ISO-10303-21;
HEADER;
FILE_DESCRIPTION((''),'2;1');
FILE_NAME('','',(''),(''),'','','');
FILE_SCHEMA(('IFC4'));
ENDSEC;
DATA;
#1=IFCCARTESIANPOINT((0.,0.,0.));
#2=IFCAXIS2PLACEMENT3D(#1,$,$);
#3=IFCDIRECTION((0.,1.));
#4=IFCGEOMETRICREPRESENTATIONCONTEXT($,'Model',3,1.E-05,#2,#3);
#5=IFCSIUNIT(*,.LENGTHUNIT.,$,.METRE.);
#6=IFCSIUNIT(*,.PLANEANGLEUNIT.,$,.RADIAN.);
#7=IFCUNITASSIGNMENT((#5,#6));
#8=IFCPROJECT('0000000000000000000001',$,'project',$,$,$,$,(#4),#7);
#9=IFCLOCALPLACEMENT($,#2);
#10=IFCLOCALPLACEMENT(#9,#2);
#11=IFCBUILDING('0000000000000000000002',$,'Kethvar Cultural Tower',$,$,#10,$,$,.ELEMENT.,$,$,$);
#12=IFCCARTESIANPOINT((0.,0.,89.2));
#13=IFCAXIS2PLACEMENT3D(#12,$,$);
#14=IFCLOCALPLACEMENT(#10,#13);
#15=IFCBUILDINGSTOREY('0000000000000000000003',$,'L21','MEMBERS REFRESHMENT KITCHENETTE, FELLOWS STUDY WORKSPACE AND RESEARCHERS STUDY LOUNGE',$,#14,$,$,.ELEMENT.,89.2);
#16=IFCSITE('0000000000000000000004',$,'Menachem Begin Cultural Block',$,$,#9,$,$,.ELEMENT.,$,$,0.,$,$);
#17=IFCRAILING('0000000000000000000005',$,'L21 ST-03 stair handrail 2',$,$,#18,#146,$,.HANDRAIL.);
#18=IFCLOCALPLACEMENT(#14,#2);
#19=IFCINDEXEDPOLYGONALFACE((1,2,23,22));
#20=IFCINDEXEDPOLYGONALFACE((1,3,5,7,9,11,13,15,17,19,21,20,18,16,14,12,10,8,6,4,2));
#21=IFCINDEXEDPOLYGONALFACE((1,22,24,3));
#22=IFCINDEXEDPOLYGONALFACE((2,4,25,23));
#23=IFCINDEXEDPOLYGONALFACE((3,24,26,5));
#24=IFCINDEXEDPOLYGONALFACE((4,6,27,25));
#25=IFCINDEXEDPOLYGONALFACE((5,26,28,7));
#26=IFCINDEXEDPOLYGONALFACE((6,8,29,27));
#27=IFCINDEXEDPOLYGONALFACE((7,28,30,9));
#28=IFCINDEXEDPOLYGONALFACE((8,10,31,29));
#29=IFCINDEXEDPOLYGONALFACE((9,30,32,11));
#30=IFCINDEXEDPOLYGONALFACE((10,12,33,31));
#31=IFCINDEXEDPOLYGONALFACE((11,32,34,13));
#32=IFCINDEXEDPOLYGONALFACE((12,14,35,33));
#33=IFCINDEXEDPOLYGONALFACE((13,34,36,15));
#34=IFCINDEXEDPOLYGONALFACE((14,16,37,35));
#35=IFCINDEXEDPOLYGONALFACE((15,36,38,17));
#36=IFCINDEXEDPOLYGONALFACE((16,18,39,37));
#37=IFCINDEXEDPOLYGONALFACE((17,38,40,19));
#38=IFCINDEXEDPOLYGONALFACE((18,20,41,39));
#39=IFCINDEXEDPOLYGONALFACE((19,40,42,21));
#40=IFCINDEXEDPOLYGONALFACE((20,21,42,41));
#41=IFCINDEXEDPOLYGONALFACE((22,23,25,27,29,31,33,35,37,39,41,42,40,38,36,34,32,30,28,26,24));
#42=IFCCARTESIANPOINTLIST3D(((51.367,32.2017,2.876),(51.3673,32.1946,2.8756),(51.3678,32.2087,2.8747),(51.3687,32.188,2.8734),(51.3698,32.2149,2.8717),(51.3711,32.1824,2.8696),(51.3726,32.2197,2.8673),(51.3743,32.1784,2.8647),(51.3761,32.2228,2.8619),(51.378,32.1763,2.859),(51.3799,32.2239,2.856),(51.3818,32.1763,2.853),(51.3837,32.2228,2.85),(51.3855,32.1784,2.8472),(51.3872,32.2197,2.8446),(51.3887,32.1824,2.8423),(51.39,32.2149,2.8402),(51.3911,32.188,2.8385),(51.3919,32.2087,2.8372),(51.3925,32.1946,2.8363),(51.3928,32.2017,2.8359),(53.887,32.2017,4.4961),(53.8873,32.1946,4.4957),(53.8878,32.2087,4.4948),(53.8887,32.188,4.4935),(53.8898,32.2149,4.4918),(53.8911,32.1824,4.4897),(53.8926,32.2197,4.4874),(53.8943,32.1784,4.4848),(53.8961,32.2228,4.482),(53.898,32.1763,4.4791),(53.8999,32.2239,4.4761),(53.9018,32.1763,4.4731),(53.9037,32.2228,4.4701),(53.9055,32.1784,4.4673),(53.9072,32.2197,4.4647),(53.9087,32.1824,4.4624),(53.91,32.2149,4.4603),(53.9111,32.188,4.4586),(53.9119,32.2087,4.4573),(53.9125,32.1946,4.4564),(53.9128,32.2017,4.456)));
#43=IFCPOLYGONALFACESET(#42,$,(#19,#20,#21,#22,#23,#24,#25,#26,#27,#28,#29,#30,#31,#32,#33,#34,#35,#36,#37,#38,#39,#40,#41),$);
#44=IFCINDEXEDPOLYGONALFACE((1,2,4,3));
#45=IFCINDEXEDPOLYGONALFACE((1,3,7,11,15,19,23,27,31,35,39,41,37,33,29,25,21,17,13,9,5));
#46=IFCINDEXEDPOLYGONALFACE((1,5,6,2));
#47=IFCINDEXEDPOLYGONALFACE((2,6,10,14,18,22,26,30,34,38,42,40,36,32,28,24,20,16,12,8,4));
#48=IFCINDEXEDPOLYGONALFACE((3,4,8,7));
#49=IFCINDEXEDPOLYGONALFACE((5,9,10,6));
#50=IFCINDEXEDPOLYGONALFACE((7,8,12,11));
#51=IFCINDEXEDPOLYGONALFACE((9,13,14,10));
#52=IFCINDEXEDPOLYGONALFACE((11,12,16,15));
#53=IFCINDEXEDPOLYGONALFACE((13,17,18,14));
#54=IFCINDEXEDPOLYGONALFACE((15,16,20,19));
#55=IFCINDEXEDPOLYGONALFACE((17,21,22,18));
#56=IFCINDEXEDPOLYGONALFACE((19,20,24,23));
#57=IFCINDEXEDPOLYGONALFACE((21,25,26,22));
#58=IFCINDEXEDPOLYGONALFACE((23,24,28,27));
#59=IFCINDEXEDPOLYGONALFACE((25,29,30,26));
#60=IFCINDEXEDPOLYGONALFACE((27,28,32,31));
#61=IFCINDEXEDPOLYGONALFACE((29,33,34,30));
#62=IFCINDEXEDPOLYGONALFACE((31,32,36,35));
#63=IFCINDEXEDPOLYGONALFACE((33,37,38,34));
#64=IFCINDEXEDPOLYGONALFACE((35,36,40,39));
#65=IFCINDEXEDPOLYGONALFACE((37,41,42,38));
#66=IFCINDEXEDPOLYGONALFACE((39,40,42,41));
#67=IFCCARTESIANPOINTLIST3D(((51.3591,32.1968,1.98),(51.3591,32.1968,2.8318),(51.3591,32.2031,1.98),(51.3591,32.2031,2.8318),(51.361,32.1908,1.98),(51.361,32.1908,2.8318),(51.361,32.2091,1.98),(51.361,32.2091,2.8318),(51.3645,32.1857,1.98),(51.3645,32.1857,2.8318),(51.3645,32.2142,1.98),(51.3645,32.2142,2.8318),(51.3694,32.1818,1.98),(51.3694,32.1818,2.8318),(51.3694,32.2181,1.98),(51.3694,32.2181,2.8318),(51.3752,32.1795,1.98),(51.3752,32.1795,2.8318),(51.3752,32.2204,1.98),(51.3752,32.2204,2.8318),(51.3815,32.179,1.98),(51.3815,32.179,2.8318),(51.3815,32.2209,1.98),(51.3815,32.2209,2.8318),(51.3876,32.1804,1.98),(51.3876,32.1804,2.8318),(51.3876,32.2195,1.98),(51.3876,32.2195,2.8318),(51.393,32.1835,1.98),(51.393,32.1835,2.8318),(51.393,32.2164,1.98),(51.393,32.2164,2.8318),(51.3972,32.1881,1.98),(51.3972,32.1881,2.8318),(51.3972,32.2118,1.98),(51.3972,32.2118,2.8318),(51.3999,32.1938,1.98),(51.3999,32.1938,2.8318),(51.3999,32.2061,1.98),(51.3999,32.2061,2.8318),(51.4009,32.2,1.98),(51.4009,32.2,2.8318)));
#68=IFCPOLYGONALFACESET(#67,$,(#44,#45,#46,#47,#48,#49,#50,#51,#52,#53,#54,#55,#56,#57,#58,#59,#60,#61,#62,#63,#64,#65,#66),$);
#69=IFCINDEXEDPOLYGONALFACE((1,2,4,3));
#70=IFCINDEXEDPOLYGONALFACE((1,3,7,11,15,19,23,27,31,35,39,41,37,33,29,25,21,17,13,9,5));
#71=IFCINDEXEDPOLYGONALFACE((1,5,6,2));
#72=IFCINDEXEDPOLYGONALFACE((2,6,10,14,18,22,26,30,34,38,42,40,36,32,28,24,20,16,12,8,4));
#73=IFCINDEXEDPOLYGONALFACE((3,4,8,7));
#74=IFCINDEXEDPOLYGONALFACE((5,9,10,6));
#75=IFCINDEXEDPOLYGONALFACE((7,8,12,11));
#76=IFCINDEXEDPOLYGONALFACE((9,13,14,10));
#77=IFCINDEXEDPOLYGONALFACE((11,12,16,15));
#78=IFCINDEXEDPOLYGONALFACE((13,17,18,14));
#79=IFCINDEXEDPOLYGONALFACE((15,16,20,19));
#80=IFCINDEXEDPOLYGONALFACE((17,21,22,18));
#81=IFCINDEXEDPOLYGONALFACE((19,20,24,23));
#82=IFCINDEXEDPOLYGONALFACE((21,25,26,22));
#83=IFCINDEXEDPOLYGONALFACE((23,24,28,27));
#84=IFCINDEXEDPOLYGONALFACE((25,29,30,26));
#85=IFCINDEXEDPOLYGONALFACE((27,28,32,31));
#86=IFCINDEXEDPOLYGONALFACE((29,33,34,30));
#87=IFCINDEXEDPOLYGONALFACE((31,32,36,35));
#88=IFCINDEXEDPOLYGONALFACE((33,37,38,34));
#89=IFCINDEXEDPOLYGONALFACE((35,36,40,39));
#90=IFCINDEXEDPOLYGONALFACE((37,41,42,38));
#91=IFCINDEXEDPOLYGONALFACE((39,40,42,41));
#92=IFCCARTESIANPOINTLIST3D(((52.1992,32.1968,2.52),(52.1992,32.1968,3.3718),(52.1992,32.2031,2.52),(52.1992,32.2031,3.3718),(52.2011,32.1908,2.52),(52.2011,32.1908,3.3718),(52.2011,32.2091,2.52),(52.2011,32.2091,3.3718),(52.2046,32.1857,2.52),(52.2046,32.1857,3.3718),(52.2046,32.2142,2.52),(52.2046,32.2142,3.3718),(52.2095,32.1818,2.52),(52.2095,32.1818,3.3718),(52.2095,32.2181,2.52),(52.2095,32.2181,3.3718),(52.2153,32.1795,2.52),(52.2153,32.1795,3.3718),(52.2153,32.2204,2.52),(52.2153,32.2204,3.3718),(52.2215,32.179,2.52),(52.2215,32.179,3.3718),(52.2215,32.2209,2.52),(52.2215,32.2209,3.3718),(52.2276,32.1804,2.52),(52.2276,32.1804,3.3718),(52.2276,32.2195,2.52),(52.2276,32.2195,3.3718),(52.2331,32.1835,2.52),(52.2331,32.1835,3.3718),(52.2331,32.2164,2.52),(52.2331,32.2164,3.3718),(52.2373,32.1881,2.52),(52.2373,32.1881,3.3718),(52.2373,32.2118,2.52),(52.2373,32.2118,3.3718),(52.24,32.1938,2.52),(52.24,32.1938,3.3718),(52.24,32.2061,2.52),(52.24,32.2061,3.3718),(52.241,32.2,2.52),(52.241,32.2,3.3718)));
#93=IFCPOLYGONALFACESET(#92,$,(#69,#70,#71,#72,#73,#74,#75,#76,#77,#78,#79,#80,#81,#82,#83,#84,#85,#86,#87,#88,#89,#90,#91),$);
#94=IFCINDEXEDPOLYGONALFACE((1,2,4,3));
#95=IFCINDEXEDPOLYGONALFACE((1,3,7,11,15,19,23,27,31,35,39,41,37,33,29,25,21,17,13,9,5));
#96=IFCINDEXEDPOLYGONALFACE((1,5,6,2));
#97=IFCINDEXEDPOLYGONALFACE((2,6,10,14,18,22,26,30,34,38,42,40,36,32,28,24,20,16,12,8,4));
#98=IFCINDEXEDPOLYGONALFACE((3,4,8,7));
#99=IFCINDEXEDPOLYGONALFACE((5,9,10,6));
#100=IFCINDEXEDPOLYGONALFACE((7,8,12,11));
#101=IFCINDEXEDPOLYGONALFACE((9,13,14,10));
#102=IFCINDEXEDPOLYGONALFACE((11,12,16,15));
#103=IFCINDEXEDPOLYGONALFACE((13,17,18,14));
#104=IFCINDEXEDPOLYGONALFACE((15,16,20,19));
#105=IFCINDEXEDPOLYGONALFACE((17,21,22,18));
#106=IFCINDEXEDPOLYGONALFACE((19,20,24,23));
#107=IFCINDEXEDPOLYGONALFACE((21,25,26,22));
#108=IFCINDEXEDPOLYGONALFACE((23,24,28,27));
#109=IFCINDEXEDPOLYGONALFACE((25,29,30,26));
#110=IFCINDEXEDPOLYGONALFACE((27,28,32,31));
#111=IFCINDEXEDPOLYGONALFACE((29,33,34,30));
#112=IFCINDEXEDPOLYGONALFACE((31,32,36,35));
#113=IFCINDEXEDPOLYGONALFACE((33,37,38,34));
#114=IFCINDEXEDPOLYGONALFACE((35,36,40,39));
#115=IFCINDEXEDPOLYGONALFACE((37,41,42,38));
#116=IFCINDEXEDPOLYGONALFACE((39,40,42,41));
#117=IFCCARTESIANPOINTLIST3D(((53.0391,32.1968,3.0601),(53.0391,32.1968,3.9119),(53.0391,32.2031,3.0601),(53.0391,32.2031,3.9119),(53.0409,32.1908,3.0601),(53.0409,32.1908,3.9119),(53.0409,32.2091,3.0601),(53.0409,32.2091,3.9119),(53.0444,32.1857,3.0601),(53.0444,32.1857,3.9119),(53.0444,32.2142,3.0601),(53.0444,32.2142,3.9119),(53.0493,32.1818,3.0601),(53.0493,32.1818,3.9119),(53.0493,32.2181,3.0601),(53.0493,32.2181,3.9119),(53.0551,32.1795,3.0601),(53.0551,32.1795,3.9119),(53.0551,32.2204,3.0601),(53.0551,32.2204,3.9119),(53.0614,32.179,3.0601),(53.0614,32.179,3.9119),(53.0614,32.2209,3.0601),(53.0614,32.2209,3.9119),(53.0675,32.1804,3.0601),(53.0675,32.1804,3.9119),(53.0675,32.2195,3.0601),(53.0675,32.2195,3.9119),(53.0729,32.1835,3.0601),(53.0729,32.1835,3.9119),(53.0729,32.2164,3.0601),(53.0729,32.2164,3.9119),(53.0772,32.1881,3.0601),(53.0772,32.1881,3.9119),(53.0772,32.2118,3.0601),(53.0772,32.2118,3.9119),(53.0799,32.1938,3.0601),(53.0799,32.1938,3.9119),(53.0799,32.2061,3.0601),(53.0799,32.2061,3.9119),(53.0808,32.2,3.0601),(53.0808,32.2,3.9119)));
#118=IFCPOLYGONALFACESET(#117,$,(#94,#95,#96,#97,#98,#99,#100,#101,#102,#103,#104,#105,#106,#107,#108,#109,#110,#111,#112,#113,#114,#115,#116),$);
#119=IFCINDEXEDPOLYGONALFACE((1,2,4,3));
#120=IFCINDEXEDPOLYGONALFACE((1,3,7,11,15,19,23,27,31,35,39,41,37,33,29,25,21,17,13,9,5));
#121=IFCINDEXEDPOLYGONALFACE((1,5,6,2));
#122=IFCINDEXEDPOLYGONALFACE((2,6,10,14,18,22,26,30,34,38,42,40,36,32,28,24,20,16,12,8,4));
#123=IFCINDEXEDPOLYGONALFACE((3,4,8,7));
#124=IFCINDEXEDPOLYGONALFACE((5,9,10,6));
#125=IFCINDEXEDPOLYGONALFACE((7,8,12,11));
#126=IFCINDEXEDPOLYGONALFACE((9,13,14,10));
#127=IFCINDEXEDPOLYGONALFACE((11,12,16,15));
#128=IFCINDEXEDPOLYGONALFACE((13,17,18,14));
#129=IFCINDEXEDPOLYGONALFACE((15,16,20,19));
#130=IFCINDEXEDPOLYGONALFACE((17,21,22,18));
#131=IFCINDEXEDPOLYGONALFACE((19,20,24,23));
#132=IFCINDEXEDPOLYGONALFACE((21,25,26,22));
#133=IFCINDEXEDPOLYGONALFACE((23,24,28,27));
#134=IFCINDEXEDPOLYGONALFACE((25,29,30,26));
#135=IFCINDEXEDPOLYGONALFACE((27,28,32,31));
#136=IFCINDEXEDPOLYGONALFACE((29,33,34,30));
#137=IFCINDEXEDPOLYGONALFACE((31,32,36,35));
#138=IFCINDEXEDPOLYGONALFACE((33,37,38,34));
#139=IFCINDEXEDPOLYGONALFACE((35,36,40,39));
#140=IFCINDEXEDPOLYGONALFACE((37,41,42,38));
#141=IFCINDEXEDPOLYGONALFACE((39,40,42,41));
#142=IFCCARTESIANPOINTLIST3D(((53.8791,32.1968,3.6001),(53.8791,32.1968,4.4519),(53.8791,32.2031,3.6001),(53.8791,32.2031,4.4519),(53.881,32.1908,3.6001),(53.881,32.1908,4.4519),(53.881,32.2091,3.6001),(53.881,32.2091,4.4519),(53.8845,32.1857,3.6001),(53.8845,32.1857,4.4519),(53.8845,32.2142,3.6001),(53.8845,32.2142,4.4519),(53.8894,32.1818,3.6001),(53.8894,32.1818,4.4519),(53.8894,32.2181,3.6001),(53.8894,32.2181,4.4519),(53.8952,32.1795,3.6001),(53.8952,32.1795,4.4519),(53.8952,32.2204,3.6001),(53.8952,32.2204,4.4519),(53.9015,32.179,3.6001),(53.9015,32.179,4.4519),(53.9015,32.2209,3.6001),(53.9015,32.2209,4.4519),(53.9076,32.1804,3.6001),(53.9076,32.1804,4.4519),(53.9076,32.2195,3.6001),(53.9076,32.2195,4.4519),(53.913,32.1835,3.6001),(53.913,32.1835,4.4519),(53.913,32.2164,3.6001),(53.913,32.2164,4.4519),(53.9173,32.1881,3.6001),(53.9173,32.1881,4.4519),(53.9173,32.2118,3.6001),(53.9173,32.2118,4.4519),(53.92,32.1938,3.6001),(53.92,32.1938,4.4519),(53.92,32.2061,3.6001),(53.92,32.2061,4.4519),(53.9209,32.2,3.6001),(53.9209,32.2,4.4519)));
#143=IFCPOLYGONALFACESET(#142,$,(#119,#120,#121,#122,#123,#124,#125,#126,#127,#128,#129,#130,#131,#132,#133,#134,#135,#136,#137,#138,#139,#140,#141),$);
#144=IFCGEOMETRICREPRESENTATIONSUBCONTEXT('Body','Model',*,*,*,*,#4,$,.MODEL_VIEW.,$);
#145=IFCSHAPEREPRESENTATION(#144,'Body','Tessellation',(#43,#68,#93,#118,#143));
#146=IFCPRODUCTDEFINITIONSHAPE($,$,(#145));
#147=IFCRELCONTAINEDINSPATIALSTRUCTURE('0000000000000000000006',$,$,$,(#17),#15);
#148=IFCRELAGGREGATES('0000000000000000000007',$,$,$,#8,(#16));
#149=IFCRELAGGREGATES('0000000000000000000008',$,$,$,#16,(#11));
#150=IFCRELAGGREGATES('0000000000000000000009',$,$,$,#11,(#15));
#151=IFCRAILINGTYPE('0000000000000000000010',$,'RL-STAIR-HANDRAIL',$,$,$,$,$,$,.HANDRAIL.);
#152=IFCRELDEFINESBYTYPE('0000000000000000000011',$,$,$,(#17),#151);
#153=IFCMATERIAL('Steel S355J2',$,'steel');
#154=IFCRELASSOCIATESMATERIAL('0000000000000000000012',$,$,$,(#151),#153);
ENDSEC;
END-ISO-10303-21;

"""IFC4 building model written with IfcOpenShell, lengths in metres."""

from ifc_helpers import new_model, si_unit, direction, frame, origin, origin_2d, place, context, subcontext, project, spatial, circle, extrude, material, type_object, element, save


model = new_model("IFC4")

# Units and contexts
model_context = context("Model", 3, precision=1e-05, world=origin(), true_north=direction((0.0, 1.0)))
body_context = subcontext(model_context, "Body", "Model", "MODEL_VIEW")
ifc_project = project(units=[si_unit("LENGTHUNIT", "METRE"), si_unit("PLANEANGLEUNIT", "RADIAN")], contexts=[model_context])

# Site, building, storey
site_placement = place(None, origin())
site = spatial("IfcSite", under=ifc_project, at=site_placement, Name="Menachem Begin Cultural Block", CompositionType="ELEMENT", RefElevation=0.0)
building_placement = place(site_placement, origin())
building = spatial("IfcBuilding", under=site, at=building_placement, Name="Kethvar Cultural Tower", CompositionType="ELEMENT")
storey_placement = place(building_placement, frame((0.0, 0.0, 89.2)))
storey = spatial("IfcBuildingStorey", under=building, at=storey_placement, Name="L21", Description="MEMBERS REFRESHMENT KITCHENETTE, FELLOWS STUDY WORKSPACE AND RESEARCHERS STUDY LOUNGE", CompositionType="ELEMENT", Elevation=89.2)

# Shared definitions
ifc_material_1 = material(Name="Steel S355J2", Category="steel")

# Railing
railing_type_1 = type_object("IfcRailingType", Name="RL-STAIR-HANDRAIL", PredefinedType="HANDRAIL", material=ifc_material_1)
railing_1_placement = place(storey_placement, frame((51.3799, 32.2, 1.98)))
element("IfcRailing", 1, at=railing_1_placement, inside=storey, type_object=railing_type_1, Name="L21 ST-03 stair handrail 2", PredefinedType="HANDRAIL", context=body_context, shape_type="SweptSolid", body=[
    extrude(circle(Radius=0.0239, at=origin_2d()), frame((0.0, 0.0, 0.876), z_axis=(0.841163, 0.0, 0.540782), x_axis=(0.0, 1.0, 0.0)), (0.0, 0.0, 1.0), 2.9958),
    extrude(circle(Radius=0.021, at=origin_2d()), origin(), (0.0, 0.0, 1.0), 0.8518),
    extrude(circle(Radius=0.021, at=origin_2d()), frame((0.8401, 0.0, 0.54)), (0.0, 0.0, 1.0), 0.8518),
    extrude(circle(Radius=0.021, at=origin_2d()), frame((1.6799, 0.0, 1.0801)), (0.0, 0.0, 1.0), 0.8518),
    extrude(circle(Radius=0.021, at=origin_2d()), frame((2.52, 0.0, 1.6201)), (0.0, 0.0, 1.0), 0.8518),
])

save(model, "model.ifc")
